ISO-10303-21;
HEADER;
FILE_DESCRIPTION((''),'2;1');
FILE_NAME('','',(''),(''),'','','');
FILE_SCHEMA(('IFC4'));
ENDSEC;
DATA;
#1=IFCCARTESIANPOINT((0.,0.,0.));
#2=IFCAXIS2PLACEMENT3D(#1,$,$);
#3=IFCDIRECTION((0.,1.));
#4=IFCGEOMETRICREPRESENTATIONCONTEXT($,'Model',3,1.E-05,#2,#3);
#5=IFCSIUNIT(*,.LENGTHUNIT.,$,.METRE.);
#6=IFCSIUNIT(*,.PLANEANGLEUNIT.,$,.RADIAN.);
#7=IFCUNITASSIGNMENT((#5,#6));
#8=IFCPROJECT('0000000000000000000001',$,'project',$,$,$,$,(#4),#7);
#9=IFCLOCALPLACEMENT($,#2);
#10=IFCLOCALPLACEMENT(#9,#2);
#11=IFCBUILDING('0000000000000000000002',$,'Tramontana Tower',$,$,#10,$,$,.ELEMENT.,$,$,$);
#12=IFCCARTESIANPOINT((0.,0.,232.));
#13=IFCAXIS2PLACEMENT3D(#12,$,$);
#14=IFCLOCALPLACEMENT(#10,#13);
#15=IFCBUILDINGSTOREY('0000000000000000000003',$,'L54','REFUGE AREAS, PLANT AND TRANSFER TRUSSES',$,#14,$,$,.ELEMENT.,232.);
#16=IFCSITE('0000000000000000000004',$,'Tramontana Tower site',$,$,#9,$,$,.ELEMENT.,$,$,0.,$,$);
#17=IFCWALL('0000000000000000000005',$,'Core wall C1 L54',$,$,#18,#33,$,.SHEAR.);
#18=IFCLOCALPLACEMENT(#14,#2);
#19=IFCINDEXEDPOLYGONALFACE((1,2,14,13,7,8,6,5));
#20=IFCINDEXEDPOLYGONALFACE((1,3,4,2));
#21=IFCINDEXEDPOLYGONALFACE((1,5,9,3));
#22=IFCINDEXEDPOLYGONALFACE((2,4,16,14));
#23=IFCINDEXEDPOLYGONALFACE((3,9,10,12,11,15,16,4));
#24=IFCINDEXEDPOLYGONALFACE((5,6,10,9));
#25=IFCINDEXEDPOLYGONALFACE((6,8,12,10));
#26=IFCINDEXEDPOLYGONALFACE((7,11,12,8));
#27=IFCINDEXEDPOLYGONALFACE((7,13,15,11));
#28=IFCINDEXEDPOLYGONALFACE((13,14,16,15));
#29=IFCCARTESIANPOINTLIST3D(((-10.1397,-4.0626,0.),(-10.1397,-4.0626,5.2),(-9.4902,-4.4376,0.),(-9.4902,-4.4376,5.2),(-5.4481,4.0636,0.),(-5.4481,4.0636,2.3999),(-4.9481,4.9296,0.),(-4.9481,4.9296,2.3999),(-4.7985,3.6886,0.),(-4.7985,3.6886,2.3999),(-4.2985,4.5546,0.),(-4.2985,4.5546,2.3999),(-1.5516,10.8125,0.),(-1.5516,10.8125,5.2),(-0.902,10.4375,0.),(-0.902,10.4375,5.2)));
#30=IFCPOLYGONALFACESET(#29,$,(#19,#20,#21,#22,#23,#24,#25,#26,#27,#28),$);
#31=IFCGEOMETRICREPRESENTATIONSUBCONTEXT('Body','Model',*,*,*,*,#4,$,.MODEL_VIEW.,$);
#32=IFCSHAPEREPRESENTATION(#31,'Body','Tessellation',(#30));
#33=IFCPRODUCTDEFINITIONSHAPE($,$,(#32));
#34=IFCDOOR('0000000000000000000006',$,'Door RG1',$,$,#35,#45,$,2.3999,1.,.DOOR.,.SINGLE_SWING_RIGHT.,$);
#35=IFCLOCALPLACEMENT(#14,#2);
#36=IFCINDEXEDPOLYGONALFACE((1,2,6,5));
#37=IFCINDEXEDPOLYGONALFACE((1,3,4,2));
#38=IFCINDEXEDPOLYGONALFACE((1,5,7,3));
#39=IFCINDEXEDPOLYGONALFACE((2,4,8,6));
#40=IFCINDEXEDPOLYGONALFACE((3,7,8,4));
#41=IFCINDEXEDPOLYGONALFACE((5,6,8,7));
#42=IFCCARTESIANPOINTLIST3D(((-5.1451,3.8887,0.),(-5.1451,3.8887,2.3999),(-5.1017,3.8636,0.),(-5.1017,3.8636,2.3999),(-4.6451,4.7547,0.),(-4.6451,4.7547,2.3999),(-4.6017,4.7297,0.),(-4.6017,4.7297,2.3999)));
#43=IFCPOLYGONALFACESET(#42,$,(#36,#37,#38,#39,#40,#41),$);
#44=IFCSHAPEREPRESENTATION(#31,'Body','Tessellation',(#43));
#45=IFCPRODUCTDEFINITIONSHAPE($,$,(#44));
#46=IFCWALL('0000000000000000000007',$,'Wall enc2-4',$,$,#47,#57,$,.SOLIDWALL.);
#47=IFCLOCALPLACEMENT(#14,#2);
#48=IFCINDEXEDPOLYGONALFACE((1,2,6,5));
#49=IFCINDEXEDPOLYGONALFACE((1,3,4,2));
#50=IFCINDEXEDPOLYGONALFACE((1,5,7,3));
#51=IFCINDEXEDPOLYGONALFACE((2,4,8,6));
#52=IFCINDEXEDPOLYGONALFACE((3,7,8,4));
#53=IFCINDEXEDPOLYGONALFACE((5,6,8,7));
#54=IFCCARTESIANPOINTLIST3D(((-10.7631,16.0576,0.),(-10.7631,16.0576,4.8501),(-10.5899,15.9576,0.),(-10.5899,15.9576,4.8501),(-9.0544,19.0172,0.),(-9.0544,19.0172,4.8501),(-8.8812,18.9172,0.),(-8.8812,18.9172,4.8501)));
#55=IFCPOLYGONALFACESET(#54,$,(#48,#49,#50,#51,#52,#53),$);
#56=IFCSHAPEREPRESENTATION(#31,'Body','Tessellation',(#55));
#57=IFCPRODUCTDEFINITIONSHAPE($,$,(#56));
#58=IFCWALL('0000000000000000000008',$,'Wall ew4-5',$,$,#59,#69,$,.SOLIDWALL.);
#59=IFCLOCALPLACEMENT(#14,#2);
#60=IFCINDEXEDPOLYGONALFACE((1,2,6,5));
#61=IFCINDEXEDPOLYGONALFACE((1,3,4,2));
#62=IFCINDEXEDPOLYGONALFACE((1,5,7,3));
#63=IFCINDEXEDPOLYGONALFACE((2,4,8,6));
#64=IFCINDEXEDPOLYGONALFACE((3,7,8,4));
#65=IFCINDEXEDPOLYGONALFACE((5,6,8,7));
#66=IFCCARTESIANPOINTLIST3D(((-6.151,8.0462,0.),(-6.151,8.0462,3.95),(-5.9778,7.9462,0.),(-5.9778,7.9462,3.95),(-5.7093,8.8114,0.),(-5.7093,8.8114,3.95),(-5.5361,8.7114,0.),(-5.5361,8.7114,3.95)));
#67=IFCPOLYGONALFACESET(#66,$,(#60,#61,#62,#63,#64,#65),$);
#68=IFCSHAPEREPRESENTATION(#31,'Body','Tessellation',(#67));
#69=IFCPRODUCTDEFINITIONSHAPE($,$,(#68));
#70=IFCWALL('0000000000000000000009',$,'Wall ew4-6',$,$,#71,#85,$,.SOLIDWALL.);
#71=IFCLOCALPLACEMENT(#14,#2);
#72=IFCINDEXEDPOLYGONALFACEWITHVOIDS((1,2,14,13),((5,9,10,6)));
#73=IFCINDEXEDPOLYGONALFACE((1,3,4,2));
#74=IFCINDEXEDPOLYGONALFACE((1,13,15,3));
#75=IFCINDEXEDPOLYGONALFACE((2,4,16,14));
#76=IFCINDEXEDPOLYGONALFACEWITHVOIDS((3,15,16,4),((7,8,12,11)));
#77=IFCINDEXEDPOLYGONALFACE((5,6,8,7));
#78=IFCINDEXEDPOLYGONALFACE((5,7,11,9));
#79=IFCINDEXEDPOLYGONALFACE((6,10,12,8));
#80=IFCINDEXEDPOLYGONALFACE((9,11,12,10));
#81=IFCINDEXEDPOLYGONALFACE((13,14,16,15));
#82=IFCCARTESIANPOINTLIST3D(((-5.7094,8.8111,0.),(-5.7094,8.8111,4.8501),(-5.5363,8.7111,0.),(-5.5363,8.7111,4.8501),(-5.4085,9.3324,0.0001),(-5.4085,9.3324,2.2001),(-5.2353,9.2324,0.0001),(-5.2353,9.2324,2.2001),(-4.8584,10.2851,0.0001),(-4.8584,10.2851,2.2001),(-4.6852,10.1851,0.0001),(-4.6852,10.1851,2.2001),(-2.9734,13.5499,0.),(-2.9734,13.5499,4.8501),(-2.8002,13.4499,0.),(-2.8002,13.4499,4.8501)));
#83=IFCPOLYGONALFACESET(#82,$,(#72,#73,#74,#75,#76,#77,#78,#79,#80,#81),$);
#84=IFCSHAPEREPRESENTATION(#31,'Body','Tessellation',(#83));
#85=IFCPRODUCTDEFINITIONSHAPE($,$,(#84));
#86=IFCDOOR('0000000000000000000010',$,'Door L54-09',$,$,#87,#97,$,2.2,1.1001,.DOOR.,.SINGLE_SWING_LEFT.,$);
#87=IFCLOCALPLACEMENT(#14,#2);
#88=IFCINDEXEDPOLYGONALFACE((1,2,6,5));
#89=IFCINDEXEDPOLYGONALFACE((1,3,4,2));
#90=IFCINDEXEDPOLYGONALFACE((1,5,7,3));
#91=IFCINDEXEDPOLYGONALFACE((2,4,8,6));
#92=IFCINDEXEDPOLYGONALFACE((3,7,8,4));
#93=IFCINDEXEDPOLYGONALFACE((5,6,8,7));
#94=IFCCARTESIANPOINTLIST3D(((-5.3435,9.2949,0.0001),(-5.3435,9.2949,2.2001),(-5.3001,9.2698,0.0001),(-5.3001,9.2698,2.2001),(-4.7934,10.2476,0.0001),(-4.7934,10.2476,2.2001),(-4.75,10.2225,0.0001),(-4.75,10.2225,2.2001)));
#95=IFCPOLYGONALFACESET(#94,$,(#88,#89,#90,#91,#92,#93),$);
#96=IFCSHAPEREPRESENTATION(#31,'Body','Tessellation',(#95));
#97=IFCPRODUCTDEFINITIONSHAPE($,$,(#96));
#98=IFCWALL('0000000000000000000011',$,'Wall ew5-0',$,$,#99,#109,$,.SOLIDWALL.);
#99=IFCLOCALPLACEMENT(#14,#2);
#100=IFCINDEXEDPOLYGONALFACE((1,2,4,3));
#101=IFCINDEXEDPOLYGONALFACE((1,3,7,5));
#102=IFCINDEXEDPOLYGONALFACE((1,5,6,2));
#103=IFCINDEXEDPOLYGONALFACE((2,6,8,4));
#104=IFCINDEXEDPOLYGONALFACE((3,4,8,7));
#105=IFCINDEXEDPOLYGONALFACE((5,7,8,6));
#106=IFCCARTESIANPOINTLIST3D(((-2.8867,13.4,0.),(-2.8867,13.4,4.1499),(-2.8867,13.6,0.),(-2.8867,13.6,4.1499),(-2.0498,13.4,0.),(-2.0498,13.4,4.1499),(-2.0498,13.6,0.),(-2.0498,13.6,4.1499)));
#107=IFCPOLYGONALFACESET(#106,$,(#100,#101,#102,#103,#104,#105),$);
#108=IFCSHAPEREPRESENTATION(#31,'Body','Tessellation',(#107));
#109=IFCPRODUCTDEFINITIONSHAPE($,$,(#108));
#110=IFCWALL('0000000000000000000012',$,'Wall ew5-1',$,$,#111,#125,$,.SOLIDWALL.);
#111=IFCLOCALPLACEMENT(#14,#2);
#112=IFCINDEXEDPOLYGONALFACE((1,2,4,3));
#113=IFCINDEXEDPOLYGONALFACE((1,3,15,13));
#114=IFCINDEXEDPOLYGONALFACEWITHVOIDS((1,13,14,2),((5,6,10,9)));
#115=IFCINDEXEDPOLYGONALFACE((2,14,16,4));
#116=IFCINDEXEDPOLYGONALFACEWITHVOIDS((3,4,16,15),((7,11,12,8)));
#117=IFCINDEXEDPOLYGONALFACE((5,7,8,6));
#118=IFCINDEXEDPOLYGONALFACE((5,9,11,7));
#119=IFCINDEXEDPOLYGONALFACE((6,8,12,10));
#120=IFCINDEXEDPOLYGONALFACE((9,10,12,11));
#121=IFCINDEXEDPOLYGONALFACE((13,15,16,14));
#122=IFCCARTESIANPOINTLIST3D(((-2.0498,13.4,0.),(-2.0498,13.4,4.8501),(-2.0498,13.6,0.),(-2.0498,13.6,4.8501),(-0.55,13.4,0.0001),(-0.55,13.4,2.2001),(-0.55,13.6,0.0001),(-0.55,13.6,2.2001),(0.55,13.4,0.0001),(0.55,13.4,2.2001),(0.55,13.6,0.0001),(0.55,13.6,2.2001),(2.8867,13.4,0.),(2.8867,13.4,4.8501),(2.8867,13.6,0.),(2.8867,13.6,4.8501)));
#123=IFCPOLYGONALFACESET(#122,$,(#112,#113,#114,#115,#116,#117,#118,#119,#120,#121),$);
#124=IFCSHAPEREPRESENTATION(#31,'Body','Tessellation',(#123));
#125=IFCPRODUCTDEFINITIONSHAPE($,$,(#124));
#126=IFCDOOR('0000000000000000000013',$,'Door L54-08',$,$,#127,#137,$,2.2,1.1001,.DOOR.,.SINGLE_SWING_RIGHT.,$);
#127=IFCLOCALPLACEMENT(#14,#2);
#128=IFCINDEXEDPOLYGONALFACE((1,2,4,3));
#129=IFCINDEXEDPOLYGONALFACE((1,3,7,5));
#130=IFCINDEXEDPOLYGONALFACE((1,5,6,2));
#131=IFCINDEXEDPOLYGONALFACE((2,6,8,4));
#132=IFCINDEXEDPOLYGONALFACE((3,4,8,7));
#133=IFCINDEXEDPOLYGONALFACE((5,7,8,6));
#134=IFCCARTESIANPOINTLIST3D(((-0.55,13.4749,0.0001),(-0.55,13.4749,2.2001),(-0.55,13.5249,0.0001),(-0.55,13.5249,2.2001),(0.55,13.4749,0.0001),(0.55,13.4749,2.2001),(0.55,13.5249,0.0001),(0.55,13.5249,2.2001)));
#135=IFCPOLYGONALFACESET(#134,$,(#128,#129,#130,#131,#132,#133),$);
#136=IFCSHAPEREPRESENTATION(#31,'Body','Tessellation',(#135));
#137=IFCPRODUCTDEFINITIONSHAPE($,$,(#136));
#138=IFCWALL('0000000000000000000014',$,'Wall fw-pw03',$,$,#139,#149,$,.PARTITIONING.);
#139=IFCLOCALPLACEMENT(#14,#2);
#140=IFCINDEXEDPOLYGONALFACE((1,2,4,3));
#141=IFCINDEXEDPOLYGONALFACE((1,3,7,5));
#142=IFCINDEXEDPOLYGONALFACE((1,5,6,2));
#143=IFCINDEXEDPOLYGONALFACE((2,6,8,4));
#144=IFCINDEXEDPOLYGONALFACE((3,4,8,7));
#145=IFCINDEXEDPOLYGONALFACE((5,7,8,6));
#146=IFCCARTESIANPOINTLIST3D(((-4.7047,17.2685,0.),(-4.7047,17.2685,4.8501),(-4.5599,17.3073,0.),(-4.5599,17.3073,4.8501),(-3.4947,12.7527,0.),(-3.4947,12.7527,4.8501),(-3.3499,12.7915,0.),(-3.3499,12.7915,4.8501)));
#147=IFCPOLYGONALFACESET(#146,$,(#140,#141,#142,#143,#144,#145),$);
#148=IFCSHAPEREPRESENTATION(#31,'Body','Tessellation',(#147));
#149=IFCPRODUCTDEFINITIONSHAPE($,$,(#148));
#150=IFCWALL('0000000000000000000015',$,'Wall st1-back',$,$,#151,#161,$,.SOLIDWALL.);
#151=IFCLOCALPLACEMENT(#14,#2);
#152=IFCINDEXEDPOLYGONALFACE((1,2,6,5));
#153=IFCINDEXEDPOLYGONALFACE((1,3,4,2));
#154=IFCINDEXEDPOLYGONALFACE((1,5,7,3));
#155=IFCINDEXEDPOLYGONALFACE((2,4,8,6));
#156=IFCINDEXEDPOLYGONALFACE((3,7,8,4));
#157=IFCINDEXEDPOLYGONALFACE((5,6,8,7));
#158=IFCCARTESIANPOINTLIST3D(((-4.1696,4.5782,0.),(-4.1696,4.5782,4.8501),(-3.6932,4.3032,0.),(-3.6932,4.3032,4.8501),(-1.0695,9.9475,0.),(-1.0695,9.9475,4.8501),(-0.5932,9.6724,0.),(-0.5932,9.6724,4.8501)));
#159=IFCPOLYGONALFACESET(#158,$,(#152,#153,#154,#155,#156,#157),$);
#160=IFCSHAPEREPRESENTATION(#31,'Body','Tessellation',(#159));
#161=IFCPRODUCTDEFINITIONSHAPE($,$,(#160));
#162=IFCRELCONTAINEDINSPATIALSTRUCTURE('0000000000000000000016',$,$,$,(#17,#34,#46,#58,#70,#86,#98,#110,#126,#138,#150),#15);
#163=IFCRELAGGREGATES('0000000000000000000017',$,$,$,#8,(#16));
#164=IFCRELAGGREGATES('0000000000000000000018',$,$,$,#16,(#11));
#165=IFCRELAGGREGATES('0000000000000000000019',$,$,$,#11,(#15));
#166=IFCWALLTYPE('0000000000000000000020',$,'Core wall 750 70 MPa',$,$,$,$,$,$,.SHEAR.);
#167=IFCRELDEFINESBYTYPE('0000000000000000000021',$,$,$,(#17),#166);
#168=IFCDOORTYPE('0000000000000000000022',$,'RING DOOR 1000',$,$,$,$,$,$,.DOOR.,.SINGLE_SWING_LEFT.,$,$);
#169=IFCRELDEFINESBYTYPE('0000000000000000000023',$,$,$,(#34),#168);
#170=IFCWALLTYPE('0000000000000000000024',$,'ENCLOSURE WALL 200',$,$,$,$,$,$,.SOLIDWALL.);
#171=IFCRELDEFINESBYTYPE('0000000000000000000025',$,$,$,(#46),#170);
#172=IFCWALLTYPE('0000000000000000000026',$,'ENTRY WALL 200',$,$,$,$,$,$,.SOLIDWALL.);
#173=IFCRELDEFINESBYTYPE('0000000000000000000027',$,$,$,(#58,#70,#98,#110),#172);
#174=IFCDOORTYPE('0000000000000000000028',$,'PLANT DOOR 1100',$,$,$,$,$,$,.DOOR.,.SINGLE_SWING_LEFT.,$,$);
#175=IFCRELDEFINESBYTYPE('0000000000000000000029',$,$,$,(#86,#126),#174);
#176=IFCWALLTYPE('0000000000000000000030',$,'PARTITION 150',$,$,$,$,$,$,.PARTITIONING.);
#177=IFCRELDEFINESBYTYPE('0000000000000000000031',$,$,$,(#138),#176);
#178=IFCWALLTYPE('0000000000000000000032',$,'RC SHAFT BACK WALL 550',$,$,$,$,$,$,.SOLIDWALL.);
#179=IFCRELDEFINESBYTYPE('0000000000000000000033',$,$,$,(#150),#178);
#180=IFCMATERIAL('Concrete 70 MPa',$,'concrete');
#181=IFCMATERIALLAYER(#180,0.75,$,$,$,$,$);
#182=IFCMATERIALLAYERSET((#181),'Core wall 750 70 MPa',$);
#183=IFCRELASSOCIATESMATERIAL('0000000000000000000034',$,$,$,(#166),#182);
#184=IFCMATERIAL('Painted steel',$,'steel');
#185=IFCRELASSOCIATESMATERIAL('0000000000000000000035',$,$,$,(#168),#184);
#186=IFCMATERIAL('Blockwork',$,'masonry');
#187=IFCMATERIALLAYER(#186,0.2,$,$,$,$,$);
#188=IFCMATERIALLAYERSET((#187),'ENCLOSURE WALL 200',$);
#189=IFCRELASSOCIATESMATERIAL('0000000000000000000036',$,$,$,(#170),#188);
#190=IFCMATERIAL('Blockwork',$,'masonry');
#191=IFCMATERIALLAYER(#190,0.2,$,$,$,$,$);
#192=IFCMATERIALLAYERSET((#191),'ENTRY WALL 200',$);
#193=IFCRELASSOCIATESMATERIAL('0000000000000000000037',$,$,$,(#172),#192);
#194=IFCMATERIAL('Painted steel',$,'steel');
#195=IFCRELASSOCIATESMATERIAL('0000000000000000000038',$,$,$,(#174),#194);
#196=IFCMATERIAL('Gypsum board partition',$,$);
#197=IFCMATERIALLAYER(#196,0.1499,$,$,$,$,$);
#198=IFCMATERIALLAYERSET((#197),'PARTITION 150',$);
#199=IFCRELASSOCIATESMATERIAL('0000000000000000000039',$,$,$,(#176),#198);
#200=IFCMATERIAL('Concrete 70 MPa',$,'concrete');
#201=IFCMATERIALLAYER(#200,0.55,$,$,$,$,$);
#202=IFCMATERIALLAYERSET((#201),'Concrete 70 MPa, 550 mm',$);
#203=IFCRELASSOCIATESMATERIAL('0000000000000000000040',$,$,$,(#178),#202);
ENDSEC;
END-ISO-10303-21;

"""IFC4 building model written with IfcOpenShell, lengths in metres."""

from ifc_helpers import new_model, si_unit, direction, frame, frame_2d, origin, place, context, subcontext, project, spatial, rectangle, extrude, material, layer, layer_set, type_object, element, fill, save


model = new_model("IFC4")

# Units and contexts
model_context = context("Model", 3, precision=1e-05, world=origin(), true_north=direction((0.0, 1.0)))
body_context = subcontext(model_context, "Body", "Model", "MODEL_VIEW")
ifc_project = project(units=[si_unit("LENGTHUNIT", "METRE"), si_unit("PLANEANGLEUNIT", "RADIAN")], contexts=[model_context])

# Site, building, storey
site_placement = place(None, origin())
site = spatial("IfcSite", under=ifc_project, at=site_placement, Name="Tramontana Tower site", CompositionType="ELEMENT", RefElevation=0.0)
building_placement = place(site_placement, origin())
building = spatial("IfcBuilding", under=site, at=building_placement, Name="Tramontana Tower", CompositionType="ELEMENT")
storey_placement = place(building_placement, frame((0.0, 0.0, 232.0)))
storey = spatial("IfcBuildingStorey", under=building, at=storey_placement, Name="L54", Description="REFUGE AREAS, PLANT AND TRANSFER TRUSSES", CompositionType="ELEMENT", Elevation=232.0)

# Wall, opening, door
ifc_material_1 = material(Name="Concrete 70 MPa", Category="concrete")
ifc_layer_1 = layer(ifc_material_1, 0.75)
ifc_layer_set_1 = layer_set([ifc_layer_1], Name="Core wall 750 70 MPa")
wall_type_1 = type_object("IfcWallType", Name="Core wall 750 70 MPa", PredefinedType="SHEAR", material=ifc_layer_set_1)
wall_1_placement = place(storey_placement, frame((-1.2268, 10.625, 0.0), z_axis=(0.0, 0.0, 1.0), x_axis=(-0.500002, -0.866024, 0.0)))
wall_1 = element("IfcWall", 1, at=wall_1_placement, inside=storey, type_object=wall_type_1, Name="Core wall C1 L54", PredefinedType="SHEAR", context=body_context, shape_type="SweptSolid", body=[
    extrude(rectangle(XDim=17.1763, YDim=0.75, at=frame_2d((8.5881, 0.0))), origin(), (0.0, 0.0, 1.0), 5.2),
])
opening_1_placement = place(wall_1_placement, frame((6.793, 0.0, 0.0)))
opening_1 = element("IfcOpeningElement", 2, at=opening_1_placement, cuts=wall_1, PredefinedType="OPENING", context=body_context, shape_type="SweptSolid", body=[
    extrude(rectangle(XDim=1.0, YDim=2.3999, at=frame_2d((0.5, 1.2))), frame((0.0, 0.385, 0.0), z_axis=(0.0, -1.0, 0.0), x_axis=(1.0, 0.0, 0.0)), (0.0, 0.0, 1.0), 0.77),
])
ifc_material_2 = material(Name="Painted steel", Category="steel")
door_type_1 = type_object("IfcDoorType", Name="RING DOOR 1000", OperationType="SINGLE_SWING_LEFT", PredefinedType="DOOR", material=ifc_material_2)
door_1_placement = place(opening_1_placement, origin())
door_1 = element("IfcDoor", 3, at=door_1_placement, inside=storey, type_object=door_type_1, Name="Door RG1", OperationType="SINGLE_SWING_RIGHT", OverallHeight=2.3999, OverallWidth=1.0, PredefinedType="DOOR", context=body_context, shape_type="SweptSolid", body=[
    extrude(rectangle(XDim=1.0, YDim=2.3999, at=frame_2d((0.5, 1.2))), frame((0.0, 0.0249, 0.0), z_axis=(0.0, -1.0, 0.0), x_axis=(1.0, 0.0, 0.0)), (0.0, 0.0, 1.0), 0.05),
])
fill(opening_1, door_1)

# Walls
ifc_material_3 = material(Name="Blockwork", Category="masonry")
ifc_layer_2 = layer(ifc_material_3, 0.2)
ifc_layer_set_2 = layer_set([ifc_layer_2], Name="ENCLOSURE WALL 200")
wall_type_2 = type_object("IfcWallType", Name="ENCLOSURE WALL 200", PredefinedType="SOLIDWALL", material=ifc_layer_set_2)
wall_2_placement = place(storey_placement, frame((-10.6765, 16.0076, 0.0), z_axis=(0.0, 0.0, 1.0), x_axis=(0.499988, 0.866032, 0.0)))
element("IfcWall", 4, at=wall_2_placement, inside=storey, type_object=wall_type_2, Name="Wall enc2-4", PredefinedType="SOLIDWALL", context=body_context, shape_type="SweptSolid", body=[
    extrude(rectangle(XDim=3.4175, YDim=0.2, at=frame_2d((1.7087, 0.0))), origin(), (0.0, 0.0, 1.0), 4.8501),
])
ifc_material_4 = material(Name="Blockwork", Category="masonry")
ifc_layer_3 = layer(ifc_material_4, 0.2)
ifc_layer_set_3 = layer_set([ifc_layer_3], Name="ENTRY WALL 200")
wall_type_3 = type_object("IfcWallType", Name="ENTRY WALL 200", PredefinedType="SOLIDWALL", material=ifc_layer_set_3)
wall_3_placement = place(storey_placement, frame((-6.0645, 7.9961, 0.0), z_axis=(0.0, 0.0, 1.0), x_axis=(0.499914, 0.866075, 0.0)))
element("IfcWall", 5, at=wall_3_placement, inside=storey, type_object=wall_type_3, Name="Wall ew4-5", PredefinedType="SOLIDWALL", context=body_context, shape_type="SweptSolid", body=[
    extrude(rectangle(XDim=0.8835, YDim=0.2, at=frame_2d((0.4419, 0.0))), origin(), (0.0, 0.0, 1.0), 3.95),
])

# Wall, opening, door
wall_4_placement = place(storey_placement, frame((-5.6228, 8.7612, 0.0), z_axis=(0.0, 0.0, 1.0), x_axis=(0.500021, 0.866013, 0.0)))
wall_4 = element("IfcWall", 6, at=wall_4_placement, inside=storey, type_object=wall_type_3, Name="Wall ew4-6", PredefinedType="SOLIDWALL", context=body_context, shape_type="SweptSolid", body=[
    extrude(rectangle(XDim=5.4719, YDim=0.2, at=frame_2d((2.7358, 0.0))), origin(), (0.0, 0.0, 1.0), 4.8501),
])
opening_2_placement = place(wall_4_placement, frame((0.6018, 0.0, 0.0)))
opening_2 = element("IfcOpeningElement", 7, at=opening_2_placement, cuts=wall_4, PredefinedType="OPENING", context=body_context, shape_type="SweptSolid", body=[
    extrude(rectangle(XDim=1.1001, YDim=2.2, at=frame_2d((0.55, 1.1001))), frame((0.0, 0.1099, 0.0), z_axis=(0.0, -1.0, 0.0), x_axis=(1.0, 0.0, 0.0)), (0.0, 0.0, 1.0), 0.22),
])
ifc_material_5 = material(Name="Painted steel", Category="steel")
door_type_2 = type_object("IfcDoorType", Name="PLANT DOOR 1100", OperationType="SINGLE_SWING_LEFT", PredefinedType="DOOR", material=ifc_material_5)
door_2_placement = place(opening_2_placement, origin())
door_2 = element("IfcDoor", 8, at=door_2_placement, inside=storey, type_object=door_type_2, Name="Door L54-09", OperationType="SINGLE_SWING_LEFT", OverallHeight=2.2, OverallWidth=1.1001, PredefinedType="DOOR", context=body_context, shape_type="SweptSolid", body=[
    extrude(rectangle(XDim=1.1001, YDim=2.2, at=frame_2d((0.55, 1.1001))), frame((0.0, 0.0249, 0.0), z_axis=(0.0, -1.0, 0.0), x_axis=(1.0, 0.0, 0.0)), (0.0, 0.0, 1.0), 0.05),
])
fill(opening_2, door_2)

# Wall
wall_5_placement = place(storey_placement, frame((-2.8867, 13.5, 0.0), z_axis=(0.0, 0.0, 1.0), x_axis=(1.0, 0.0, 0.0)))
element("IfcWall", 9, at=wall_5_placement, inside=storey, type_object=wall_type_3, Name="Wall ew5-0", PredefinedType="SOLIDWALL", context=body_context, shape_type="SweptSolid", body=[
    extrude(rectangle(XDim=0.8369, YDim=0.2, at=frame_2d((0.4185, 0.0))), origin(), (0.0, 0.0, 1.0), 4.1499),
])

# Wall, opening, door
wall_6_placement = place(storey_placement, frame((-2.0498, 13.5, 0.0), z_axis=(0.0, 0.0, 1.0), x_axis=(1.0, 0.0, 0.0)))
wall_6 = element("IfcWall", 10, at=wall_6_placement, inside=storey, type_object=wall_type_3, Name="Wall ew5-1", PredefinedType="SOLIDWALL", context=body_context, shape_type="SweptSolid", body=[
    extrude(rectangle(XDim=4.9365, YDim=0.2, at=frame_2d((2.4683, 0.0))), origin(), (0.0, 0.0, 1.0), 4.8501),
])
opening_3_placement = place(wall_6_placement, frame((1.4998, 0.0, 0.0)))
opening_3 = element("IfcOpeningElement", 11, at=opening_3_placement, cuts=wall_6, PredefinedType="OPENING", context=body_context, shape_type="SweptSolid", body=[
    extrude(rectangle(XDim=1.1001, YDim=2.2, at=frame_2d((0.55, 1.1001))), frame((0.0, 0.1099, 0.0), z_axis=(0.0, -1.0, 0.0), x_axis=(1.0, 0.0, 0.0)), (0.0, 0.0, 1.0), 0.22),
])
door_3_placement = place(opening_3_placement, origin())
door_3 = element("IfcDoor", 12, at=door_3_placement, inside=storey, type_object=door_type_2, Name="Door L54-08", OperationType="SINGLE_SWING_RIGHT", OverallHeight=2.2, OverallWidth=1.1001, PredefinedType="DOOR", context=body_context, shape_type="SweptSolid", body=[
    extrude(rectangle(XDim=1.1001, YDim=2.2, at=frame_2d((0.55, 1.1001))), frame((0.0, 0.0249, 0.0), z_axis=(0.0, -1.0, 0.0), x_axis=(1.0, 0.0, 0.0)), (0.0, 0.0, 1.0), 0.05),
])
fill(opening_3, door_3)

# Walls
ifc_material_6 = material(Name="Gypsum board partition")
ifc_layer_4 = layer(ifc_material_6, 0.1499)
ifc_layer_set_4 = layer_set([ifc_layer_4], Name="PARTITION 150")
wall_type_4 = type_object("IfcWallType", Name="PARTITION 150", PredefinedType="PARTITIONING", material=ifc_layer_set_4)
wall_7_placement = place(storey_placement, frame((-3.4224, 12.7722, 0.0), z_axis=(0.0, 0.0, 1.0), x_axis=(-0.258807, 0.965929, 0.0)))
element("IfcWall", 13, at=wall_7_placement, inside=storey, type_object=wall_type_4, Name="Wall fw-pw03", PredefinedType="PARTITIONING", context=body_context, shape_type="SweptSolid", body=[
    extrude(rectangle(XDim=4.675, YDim=0.1499, at=frame_2d((2.3374, 0.0))), origin(), (0.0, 0.0, 1.0), 4.8501),
])
ifc_material_7 = material(Name="Concrete 70 MPa", Category="concrete")
ifc_layer_5 = layer(ifc_material_7, 0.55)
ifc_layer_set_5 = layer_set([ifc_layer_5], Name="Concrete 70 MPa, 550 mm")
wall_type_5 = type_object("IfcWallType", Name="RC SHAFT BACK WALL 550", PredefinedType="SOLIDWALL", material=ifc_layer_set_5)
wall_8_placement = place(storey_placement, frame((-0.8313, 9.8101, 0.0), z_axis=(0.0, 0.0, 1.0), x_axis=(-0.50001, -0.86602, 0.0)))
element("IfcWall", 14, at=wall_8_placement, inside=storey, type_object=wall_type_5, Name="Wall st1-back", PredefinedType="SOLIDWALL", context=body_context, shape_type="SweptSolid", body=[
    extrude(rectangle(XDim=6.2, YDim=0.55, at=frame_2d((3.1001, 0.0))), origin(), (0.0, 0.0, 1.0), 4.8501),
])

save(model, "model.ifc")
